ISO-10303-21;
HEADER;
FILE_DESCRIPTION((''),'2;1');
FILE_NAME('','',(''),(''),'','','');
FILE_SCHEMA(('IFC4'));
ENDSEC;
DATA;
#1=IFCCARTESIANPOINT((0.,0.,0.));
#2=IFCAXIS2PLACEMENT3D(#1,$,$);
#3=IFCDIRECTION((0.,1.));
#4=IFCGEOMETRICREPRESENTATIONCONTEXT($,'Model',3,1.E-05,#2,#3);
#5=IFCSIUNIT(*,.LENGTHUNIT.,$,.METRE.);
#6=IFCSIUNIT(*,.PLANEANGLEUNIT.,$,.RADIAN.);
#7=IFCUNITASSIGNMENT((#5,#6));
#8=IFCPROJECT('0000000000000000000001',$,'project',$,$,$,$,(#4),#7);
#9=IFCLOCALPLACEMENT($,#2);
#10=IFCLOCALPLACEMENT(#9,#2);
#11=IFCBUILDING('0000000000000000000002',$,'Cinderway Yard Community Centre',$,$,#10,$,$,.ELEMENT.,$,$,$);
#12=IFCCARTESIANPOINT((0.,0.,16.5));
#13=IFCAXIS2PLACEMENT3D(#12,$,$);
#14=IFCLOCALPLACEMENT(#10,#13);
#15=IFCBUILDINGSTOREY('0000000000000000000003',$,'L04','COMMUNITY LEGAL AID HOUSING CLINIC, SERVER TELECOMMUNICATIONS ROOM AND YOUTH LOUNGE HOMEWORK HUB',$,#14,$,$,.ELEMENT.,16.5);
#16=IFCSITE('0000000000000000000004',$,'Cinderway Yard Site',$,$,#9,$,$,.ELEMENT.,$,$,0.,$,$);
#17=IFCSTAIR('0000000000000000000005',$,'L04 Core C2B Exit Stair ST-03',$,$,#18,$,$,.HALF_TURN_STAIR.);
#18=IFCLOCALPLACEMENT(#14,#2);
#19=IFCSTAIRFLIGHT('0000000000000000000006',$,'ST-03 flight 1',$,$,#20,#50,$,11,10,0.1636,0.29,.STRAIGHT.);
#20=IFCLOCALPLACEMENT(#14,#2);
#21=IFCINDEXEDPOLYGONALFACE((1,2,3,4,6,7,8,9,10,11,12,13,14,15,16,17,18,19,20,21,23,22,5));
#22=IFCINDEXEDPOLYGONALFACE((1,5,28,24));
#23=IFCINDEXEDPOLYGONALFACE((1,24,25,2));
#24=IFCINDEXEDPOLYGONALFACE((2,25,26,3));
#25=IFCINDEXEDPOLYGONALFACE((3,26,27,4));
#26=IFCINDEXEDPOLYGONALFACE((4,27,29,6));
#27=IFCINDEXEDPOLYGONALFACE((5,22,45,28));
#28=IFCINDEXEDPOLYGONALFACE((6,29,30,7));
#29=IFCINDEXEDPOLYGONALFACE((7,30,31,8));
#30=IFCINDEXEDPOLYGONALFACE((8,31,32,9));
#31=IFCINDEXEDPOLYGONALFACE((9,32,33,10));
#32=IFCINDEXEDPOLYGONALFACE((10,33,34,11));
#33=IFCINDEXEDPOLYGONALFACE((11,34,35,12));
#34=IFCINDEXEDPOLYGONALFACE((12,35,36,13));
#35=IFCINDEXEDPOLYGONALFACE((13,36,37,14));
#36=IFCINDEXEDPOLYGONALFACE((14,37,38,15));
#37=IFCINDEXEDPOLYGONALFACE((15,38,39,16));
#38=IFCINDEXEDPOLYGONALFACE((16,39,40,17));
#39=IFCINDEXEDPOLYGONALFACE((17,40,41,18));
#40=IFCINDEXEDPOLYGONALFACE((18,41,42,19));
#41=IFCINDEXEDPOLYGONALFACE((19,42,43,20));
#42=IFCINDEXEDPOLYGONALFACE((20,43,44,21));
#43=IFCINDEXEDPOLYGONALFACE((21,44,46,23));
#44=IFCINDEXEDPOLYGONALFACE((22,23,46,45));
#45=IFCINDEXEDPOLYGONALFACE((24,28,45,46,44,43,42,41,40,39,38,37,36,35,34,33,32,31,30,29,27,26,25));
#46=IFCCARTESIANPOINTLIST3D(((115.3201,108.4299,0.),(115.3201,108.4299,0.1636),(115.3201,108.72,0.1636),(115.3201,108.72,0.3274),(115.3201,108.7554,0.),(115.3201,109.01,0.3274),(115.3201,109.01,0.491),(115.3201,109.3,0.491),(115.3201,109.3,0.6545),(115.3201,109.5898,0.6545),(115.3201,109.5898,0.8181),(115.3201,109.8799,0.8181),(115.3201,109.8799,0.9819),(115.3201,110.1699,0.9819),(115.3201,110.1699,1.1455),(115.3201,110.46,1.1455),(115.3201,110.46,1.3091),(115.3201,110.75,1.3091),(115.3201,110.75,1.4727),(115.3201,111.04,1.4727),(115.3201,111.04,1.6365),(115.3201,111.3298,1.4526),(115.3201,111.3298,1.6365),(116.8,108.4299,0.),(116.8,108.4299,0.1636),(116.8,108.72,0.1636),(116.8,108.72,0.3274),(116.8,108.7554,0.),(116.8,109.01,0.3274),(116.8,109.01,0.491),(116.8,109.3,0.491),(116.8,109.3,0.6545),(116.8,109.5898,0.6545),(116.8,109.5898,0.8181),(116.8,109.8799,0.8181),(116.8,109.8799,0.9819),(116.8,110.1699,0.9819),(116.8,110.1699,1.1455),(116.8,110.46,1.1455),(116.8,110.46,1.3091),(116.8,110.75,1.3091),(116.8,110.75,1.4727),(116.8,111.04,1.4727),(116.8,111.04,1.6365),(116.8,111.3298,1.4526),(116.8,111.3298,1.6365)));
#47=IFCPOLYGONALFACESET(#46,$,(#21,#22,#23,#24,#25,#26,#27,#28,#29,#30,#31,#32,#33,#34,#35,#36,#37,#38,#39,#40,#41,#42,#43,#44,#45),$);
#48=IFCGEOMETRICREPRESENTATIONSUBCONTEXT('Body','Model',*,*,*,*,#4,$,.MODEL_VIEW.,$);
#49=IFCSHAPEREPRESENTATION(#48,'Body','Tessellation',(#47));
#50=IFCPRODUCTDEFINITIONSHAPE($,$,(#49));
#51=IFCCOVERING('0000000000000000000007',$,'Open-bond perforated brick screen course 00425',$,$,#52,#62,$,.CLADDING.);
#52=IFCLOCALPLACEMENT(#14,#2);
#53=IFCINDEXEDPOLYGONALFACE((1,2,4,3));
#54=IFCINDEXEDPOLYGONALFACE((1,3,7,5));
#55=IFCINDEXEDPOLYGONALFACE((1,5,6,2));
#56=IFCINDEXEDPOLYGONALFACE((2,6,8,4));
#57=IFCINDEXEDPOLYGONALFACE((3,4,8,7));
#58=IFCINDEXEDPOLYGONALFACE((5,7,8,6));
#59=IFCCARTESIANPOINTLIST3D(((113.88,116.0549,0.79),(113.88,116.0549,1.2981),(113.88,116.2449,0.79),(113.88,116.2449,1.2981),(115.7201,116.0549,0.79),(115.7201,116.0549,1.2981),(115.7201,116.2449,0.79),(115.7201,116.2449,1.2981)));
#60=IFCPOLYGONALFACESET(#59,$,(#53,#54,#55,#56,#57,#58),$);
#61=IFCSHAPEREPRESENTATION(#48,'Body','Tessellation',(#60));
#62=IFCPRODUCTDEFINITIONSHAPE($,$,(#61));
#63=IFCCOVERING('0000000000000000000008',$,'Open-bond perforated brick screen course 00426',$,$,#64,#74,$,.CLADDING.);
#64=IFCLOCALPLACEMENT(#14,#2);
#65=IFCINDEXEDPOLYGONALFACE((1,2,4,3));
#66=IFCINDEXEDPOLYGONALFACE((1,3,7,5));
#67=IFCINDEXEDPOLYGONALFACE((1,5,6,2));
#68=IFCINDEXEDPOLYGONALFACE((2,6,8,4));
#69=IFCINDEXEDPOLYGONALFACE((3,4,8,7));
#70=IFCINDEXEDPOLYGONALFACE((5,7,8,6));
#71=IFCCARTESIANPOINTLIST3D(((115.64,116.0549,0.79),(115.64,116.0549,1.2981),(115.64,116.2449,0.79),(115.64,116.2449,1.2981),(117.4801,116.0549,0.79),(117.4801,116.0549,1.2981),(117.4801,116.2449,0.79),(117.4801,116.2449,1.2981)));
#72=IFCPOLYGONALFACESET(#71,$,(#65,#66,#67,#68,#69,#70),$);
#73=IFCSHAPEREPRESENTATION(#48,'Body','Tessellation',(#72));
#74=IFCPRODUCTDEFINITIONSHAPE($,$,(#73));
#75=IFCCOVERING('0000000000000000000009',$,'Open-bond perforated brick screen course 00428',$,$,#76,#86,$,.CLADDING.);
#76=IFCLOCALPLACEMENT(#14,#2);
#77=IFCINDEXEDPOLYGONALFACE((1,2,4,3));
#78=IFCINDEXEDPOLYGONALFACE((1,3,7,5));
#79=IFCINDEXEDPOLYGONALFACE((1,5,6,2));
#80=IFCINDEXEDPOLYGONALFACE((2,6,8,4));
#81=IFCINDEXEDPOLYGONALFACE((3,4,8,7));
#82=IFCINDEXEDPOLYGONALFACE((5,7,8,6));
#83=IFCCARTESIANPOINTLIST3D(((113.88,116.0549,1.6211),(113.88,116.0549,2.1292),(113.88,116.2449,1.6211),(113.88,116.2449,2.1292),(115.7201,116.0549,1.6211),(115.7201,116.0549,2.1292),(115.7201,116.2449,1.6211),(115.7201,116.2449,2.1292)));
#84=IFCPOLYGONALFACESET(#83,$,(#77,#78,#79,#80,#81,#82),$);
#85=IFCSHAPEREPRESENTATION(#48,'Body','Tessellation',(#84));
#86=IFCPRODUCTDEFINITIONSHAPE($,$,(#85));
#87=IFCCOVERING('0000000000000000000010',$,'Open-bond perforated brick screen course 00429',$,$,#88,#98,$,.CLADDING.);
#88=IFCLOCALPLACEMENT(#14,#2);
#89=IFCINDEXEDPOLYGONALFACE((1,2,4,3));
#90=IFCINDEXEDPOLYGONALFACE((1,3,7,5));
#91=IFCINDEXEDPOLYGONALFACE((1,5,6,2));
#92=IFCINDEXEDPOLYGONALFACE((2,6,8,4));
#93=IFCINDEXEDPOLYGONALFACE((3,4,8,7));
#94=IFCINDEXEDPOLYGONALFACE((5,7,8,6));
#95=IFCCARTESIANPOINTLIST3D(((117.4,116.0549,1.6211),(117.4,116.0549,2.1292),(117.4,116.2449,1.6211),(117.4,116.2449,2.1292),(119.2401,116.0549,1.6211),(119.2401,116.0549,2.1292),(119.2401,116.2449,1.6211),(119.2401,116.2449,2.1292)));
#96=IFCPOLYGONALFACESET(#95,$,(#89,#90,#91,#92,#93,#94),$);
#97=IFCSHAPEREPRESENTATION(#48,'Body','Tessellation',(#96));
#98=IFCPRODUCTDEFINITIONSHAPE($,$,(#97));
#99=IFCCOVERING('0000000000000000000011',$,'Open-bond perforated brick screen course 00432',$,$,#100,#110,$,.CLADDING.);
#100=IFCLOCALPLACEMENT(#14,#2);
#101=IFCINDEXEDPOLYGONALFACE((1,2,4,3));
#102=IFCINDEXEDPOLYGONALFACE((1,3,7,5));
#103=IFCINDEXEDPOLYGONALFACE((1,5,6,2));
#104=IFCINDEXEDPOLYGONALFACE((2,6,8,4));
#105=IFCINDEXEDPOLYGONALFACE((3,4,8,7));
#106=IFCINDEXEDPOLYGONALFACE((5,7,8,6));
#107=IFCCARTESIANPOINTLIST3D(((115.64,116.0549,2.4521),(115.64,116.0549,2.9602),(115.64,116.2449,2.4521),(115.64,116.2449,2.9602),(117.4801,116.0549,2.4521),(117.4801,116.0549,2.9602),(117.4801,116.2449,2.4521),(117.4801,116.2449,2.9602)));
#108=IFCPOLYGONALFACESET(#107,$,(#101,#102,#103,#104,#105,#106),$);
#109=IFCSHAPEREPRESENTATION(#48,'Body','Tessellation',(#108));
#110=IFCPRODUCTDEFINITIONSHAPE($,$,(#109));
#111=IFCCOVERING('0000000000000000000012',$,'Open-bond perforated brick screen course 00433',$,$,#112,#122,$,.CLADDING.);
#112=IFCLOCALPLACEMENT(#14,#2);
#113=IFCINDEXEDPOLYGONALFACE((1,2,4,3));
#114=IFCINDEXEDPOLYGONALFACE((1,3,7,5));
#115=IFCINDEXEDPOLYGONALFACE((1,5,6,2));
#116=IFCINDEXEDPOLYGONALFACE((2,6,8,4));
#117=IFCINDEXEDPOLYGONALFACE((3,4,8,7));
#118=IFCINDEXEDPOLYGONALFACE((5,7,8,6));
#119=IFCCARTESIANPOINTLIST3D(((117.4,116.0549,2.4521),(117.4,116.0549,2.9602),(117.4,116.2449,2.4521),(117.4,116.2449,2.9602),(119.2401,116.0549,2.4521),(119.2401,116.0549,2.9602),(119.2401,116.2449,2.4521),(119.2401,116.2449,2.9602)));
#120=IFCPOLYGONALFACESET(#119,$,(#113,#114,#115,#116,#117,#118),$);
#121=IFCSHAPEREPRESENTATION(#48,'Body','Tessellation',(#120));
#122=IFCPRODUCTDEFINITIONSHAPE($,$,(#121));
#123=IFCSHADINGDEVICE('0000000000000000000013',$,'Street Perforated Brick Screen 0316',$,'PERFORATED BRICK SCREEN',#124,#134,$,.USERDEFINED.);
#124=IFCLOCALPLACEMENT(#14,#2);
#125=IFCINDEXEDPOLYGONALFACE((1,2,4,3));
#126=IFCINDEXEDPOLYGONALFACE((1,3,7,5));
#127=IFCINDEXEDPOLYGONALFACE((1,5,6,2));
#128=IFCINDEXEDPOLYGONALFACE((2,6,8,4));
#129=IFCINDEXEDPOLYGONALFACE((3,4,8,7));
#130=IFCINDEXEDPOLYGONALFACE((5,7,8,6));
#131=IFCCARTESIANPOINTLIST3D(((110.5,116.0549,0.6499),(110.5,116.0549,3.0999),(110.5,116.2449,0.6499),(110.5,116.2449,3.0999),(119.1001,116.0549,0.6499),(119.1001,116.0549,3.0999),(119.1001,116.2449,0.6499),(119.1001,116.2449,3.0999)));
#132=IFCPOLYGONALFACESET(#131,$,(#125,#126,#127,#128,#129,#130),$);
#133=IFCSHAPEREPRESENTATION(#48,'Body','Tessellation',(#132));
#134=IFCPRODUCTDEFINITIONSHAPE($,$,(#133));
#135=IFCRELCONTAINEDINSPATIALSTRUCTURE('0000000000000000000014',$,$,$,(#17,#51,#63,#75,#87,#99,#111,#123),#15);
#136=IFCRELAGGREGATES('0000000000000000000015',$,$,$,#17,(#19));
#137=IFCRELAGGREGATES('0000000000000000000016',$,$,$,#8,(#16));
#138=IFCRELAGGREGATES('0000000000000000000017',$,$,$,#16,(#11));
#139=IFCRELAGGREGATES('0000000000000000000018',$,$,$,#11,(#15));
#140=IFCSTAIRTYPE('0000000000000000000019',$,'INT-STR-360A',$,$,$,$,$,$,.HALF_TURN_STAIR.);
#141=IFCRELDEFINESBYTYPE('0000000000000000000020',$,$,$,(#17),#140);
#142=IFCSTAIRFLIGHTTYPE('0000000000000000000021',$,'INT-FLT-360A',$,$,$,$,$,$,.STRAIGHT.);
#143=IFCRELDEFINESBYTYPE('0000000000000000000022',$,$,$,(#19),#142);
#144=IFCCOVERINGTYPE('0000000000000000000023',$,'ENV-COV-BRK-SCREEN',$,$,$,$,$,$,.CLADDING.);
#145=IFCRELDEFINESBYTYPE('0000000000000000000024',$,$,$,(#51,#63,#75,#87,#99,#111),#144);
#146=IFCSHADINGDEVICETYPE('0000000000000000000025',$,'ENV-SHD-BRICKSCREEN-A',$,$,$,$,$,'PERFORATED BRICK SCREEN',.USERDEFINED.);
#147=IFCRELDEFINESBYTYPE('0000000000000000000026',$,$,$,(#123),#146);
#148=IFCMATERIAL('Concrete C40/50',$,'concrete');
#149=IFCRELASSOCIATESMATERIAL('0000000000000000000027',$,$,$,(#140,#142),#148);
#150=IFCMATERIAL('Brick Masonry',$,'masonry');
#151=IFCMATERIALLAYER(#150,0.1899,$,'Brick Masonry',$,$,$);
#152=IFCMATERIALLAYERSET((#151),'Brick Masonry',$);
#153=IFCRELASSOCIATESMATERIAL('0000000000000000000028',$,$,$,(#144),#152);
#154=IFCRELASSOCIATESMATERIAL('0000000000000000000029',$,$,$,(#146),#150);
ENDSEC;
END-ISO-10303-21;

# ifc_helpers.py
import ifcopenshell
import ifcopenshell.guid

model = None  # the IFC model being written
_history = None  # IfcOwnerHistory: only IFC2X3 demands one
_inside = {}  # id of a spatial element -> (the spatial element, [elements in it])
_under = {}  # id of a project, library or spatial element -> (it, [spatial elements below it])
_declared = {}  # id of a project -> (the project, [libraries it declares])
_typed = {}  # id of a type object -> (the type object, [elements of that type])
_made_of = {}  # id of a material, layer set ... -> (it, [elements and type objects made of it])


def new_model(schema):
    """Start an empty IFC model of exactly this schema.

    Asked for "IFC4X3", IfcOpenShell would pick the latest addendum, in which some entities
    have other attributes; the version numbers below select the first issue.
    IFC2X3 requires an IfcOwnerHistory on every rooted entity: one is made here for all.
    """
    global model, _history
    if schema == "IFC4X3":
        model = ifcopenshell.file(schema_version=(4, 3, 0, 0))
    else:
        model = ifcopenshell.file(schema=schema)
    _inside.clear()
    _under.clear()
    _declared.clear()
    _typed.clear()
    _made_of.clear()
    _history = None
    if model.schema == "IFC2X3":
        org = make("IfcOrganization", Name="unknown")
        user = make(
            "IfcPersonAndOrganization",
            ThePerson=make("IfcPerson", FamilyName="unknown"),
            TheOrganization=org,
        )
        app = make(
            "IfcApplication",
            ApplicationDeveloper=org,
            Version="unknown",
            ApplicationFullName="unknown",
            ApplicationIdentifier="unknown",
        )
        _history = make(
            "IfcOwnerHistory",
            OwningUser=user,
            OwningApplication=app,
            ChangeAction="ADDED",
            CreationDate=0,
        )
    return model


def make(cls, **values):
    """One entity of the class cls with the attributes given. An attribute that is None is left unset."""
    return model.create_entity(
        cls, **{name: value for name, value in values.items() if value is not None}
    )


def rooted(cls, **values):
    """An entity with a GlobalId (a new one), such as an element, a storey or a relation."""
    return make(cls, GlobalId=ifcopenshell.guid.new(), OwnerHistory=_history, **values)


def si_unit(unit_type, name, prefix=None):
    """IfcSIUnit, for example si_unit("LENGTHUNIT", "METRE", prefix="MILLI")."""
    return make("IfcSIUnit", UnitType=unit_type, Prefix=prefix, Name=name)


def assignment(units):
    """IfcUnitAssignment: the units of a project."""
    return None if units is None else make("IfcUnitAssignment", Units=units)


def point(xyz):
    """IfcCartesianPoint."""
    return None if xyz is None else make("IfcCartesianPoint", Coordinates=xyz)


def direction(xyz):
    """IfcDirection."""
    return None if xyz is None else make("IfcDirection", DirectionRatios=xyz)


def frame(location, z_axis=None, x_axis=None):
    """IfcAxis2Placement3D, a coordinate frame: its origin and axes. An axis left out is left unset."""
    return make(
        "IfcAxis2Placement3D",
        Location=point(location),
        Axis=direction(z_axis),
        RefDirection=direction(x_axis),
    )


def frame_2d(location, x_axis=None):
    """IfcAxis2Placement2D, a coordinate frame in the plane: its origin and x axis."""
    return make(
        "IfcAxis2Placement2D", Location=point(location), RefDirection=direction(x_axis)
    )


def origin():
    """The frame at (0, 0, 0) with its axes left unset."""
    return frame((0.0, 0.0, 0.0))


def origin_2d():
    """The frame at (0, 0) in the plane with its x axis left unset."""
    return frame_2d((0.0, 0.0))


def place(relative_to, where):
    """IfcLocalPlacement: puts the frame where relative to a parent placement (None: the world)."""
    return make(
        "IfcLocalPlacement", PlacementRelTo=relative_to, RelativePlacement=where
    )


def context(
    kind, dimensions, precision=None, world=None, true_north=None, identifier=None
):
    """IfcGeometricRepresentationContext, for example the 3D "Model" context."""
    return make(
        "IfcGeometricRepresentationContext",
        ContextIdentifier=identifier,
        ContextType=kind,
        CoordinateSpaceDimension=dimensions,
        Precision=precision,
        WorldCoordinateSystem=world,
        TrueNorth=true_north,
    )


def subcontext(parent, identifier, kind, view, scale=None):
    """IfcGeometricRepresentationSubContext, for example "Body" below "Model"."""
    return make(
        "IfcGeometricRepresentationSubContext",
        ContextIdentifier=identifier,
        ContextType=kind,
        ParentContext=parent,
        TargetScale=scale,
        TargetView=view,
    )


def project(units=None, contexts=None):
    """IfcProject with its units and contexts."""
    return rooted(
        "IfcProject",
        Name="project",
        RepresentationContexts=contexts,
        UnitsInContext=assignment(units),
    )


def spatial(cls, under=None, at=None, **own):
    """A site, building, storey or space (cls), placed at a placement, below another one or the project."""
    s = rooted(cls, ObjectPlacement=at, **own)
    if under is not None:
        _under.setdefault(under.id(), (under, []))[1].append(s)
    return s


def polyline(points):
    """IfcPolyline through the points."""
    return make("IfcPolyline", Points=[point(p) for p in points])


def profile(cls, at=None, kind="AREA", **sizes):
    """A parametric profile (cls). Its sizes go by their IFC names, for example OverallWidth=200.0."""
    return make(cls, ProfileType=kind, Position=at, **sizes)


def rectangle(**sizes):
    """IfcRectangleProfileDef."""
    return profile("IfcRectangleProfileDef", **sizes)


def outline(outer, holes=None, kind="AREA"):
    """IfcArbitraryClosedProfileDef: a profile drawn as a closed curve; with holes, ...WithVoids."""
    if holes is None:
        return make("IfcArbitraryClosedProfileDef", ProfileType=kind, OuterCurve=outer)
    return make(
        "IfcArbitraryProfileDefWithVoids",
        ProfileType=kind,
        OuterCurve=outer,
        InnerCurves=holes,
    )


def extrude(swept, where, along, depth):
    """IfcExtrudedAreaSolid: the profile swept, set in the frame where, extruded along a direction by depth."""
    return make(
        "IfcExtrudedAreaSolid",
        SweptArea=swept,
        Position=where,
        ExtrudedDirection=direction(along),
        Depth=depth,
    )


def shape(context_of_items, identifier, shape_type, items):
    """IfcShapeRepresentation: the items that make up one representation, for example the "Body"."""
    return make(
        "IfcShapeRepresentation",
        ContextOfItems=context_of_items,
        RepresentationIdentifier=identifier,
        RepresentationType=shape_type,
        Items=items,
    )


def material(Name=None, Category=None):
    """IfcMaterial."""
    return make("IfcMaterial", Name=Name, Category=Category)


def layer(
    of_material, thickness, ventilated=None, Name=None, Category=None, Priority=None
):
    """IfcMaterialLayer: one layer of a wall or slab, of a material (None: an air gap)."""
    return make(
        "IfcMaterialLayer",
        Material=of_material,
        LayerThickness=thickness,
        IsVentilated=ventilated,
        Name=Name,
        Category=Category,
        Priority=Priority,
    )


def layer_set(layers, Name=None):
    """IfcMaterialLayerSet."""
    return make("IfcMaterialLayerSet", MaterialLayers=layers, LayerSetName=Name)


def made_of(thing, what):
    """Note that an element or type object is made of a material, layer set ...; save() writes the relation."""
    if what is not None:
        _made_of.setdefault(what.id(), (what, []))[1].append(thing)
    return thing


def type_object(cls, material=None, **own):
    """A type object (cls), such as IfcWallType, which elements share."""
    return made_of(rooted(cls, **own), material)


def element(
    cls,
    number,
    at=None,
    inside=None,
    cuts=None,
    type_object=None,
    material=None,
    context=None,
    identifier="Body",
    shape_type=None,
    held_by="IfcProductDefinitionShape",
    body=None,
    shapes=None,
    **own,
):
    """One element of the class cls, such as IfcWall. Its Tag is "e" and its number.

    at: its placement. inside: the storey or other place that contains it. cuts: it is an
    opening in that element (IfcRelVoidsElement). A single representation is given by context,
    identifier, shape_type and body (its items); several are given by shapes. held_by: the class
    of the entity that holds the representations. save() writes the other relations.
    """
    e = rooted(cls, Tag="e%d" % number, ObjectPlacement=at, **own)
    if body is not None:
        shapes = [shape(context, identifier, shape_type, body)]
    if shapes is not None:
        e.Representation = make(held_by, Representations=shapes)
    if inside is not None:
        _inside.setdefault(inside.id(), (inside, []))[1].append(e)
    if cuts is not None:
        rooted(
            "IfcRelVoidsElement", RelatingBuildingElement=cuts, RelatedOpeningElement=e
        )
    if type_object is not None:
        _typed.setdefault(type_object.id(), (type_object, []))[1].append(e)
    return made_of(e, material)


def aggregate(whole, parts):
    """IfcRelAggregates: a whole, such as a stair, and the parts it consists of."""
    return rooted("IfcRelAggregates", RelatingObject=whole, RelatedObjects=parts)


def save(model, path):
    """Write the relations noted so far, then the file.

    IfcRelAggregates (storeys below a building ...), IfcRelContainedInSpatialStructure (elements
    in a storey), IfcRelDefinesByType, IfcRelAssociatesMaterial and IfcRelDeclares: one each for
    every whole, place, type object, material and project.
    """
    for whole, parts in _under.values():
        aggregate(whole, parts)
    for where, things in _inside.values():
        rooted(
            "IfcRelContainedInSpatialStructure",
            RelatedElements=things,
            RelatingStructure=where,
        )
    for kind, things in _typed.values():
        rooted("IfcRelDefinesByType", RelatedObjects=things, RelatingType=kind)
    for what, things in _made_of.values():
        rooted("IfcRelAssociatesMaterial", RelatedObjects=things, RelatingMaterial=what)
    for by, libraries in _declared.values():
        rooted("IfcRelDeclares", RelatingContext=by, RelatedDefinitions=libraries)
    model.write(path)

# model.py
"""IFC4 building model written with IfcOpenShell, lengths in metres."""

from ifc_helpers import new_model, si_unit, direction, frame, origin, origin_2d, place, context, subcontext, project, spatial, polyline, rectangle, outline, extrude, material, layer, layer_set, type_object, element, aggregate, save


model = new_model("IFC4")

# Units and contexts
model_context = context("Model", 3, precision=1e-05, world=origin(), true_north=direction((0.0, 1.0)))
body_context = subcontext(model_context, "Body", "Model", "MODEL_VIEW")
ifc_project = project(units=[si_unit("LENGTHUNIT", "METRE"), si_unit("PLANEANGLEUNIT", "RADIAN")], contexts=[model_context])

# Site, building, storey
site_placement = place(None, origin())
site = spatial("IfcSite", under=ifc_project, at=site_placement, Name="Cinderway Yard Site", CompositionType="ELEMENT", RefElevation=0.0)
building_placement = place(site_placement, origin())
building = spatial("IfcBuilding", under=site, at=building_placement, Name="Cinderway Yard Community Centre", CompositionType="ELEMENT")
storey_placement = place(building_placement, frame((0.0, 0.0, 16.5)))
storey = spatial("IfcBuildingStorey", under=building, at=storey_placement, Name="L04", Description="COMMUNITY LEGAL AID HOUSING CLINIC, SERVER TELECOMMUNICATIONS ROOM AND YOUTH LOUNGE HOMEWORK HUB", CompositionType="ELEMENT", Elevation=16.5)

# Shared definitions
ifc_material_1 = material(Name="Concrete C40/50", Category="concrete")

# Shared definitions
ifc_material_2 = material(Name="Brick Masonry", Category="masonry")

# Stair, stair flight
stair_type = type_object("IfcStairType", Name="INT-STR-360A", PredefinedType="HALF_TURN_STAIR", material=ifc_material_1)
stair_placement = place(storey_placement, origin())
stair = element("IfcStair", 1, at=stair_placement, inside=storey, type_object=stair_type, Name="L04 Core C2B Exit Stair ST-03", PredefinedType="HALF_TURN_STAIR")
stair_flight_type = type_object("IfcStairFlightType", Name="INT-FLT-360A", PredefinedType="STRAIGHT", material=ifc_material_1)
stair_flight_placement = place(storey_placement, frame((116.0601, 108.4299, 0.0), z_axis=(0.0, 0.0, 1.0), x_axis=(0.0, 1.0, 0.0)))
stair_flight = element("IfcStairFlight", 2, at=stair_flight_placement, type_object=stair_flight_type, Name="ST-03 flight 1", NumberOfRisers=11, NumberOfTreads=10, PredefinedType="STRAIGHT", RiserHeight=0.1636, TreadLength=0.29, context=body_context, shape_type="SweptSolid", body=[
    extrude(outline(polyline([(0.0, 0.0), (0.0, 0.1636), (0.29, 0.1636), (0.29, 0.3274), (0.5801, 0.3274), (0.5801, 0.491), (0.8701, 0.491), (0.8701, 0.6545), (1.1599, 0.6545), (1.1599, 0.8181), (1.45, 0.8181), (1.45, 0.9819), (1.74, 0.9819), (1.74, 1.1455), (2.03, 1.1455), (2.03, 1.3091), (2.3201, 1.3091), (2.3201, 1.4727), (2.6101, 1.4727), (2.6101, 1.6365), (2.8999, 1.6365), (2.8999, 1.8), (2.8999, 1.4526), (0.3254, 0.0), (0.0, 0.0)])), frame((0.0, 0.74, 0.0), z_axis=(0.0, -1.0, 0.0), x_axis=(1.0, 0.0, 0.0)), (0.0, 0.0, 1.0), 1.48),
])
aggregate(stair, [stair_flight])

# Coverings
ifc_layer_1 = layer(ifc_material_2, 0.1899, Name="Brick Masonry")
ifc_layer_set_1 = layer_set([ifc_layer_1], Name="Brick Masonry")
covering_type = type_object("IfcCoveringType", Name="ENV-COV-BRK-SCREEN", PredefinedType="CLADDING", material=ifc_layer_set_1)
for number, where, z_axis, x_axis, name in (
    (3, (114.8, 116.1499, 0.79), (0.0, 0.0, 1.0), (1.0, 0.0, 0.0), "Open-bond perforated brick screen course 00425"),
    (4, (116.5601, 116.1499, 0.79), (0.0, 0.0, 1.0), (1.0, 0.0, 0.0), "Open-bond perforated brick screen course 00426"),
    (5, (114.8, 116.1499, 1.6211), (0.0, 0.0, 1.0), (1.0, 0.0, 0.0), "Open-bond perforated brick screen course 00428"),
    (6, (118.3201, 116.1499, 1.6211), (0.0, 0.0, 1.0), (1.0, 0.0, 0.0), "Open-bond perforated brick screen course 00429"),
    (7, (116.5601, 116.1499, 2.4521), (0.0, 0.0, 1.0), (1.0, 0.0, 0.0), "Open-bond perforated brick screen course 00432"),
    (8, (118.3201, 116.1499, 2.4521), (0.0, 0.0, 1.0), (1.0, 0.0, 0.0), "Open-bond perforated brick screen course 00433"),
):
    element("IfcCovering", number, at=place(storey_placement, frame(where, z_axis=z_axis, x_axis=x_axis)), inside=storey, type_object=covering_type, Name=name, PredefinedType="CLADDING", context=body_context, shape_type="SweptSolid", body=[
        extrude(rectangle(XDim=1.8401, YDim=0.1899, at=origin_2d()), origin(), (0.0, 0.0, 1.0), 0.5081),
    ])

# Shading device
shading_device_type = type_object("IfcShadingDeviceType", Name="ENV-SHD-BRICKSCREEN-A", ElementType="PERFORATED BRICK SCREEN", PredefinedType="USERDEFINED", material=ifc_material_2)
shading_device_placement = place(storey_placement, frame((114.8, 116.1499, 0.6499), z_axis=(0.0, 0.0, 1.0), x_axis=(1.0, 0.0, 0.0)))
element("IfcShadingDevice", 9, at=shading_device_placement, inside=storey, type_object=shading_device_type, Name="Street Perforated Brick Screen 0316", ObjectType="PERFORATED BRICK SCREEN", PredefinedType="USERDEFINED", context=body_context, shape_type="SweptSolid", body=[
    extrude(rectangle(XDim=8.6001, YDim=0.1899, at=origin_2d()), origin(), (0.0, 0.0, 1.0), 2.45),
])

save(model, "model.ifc")
